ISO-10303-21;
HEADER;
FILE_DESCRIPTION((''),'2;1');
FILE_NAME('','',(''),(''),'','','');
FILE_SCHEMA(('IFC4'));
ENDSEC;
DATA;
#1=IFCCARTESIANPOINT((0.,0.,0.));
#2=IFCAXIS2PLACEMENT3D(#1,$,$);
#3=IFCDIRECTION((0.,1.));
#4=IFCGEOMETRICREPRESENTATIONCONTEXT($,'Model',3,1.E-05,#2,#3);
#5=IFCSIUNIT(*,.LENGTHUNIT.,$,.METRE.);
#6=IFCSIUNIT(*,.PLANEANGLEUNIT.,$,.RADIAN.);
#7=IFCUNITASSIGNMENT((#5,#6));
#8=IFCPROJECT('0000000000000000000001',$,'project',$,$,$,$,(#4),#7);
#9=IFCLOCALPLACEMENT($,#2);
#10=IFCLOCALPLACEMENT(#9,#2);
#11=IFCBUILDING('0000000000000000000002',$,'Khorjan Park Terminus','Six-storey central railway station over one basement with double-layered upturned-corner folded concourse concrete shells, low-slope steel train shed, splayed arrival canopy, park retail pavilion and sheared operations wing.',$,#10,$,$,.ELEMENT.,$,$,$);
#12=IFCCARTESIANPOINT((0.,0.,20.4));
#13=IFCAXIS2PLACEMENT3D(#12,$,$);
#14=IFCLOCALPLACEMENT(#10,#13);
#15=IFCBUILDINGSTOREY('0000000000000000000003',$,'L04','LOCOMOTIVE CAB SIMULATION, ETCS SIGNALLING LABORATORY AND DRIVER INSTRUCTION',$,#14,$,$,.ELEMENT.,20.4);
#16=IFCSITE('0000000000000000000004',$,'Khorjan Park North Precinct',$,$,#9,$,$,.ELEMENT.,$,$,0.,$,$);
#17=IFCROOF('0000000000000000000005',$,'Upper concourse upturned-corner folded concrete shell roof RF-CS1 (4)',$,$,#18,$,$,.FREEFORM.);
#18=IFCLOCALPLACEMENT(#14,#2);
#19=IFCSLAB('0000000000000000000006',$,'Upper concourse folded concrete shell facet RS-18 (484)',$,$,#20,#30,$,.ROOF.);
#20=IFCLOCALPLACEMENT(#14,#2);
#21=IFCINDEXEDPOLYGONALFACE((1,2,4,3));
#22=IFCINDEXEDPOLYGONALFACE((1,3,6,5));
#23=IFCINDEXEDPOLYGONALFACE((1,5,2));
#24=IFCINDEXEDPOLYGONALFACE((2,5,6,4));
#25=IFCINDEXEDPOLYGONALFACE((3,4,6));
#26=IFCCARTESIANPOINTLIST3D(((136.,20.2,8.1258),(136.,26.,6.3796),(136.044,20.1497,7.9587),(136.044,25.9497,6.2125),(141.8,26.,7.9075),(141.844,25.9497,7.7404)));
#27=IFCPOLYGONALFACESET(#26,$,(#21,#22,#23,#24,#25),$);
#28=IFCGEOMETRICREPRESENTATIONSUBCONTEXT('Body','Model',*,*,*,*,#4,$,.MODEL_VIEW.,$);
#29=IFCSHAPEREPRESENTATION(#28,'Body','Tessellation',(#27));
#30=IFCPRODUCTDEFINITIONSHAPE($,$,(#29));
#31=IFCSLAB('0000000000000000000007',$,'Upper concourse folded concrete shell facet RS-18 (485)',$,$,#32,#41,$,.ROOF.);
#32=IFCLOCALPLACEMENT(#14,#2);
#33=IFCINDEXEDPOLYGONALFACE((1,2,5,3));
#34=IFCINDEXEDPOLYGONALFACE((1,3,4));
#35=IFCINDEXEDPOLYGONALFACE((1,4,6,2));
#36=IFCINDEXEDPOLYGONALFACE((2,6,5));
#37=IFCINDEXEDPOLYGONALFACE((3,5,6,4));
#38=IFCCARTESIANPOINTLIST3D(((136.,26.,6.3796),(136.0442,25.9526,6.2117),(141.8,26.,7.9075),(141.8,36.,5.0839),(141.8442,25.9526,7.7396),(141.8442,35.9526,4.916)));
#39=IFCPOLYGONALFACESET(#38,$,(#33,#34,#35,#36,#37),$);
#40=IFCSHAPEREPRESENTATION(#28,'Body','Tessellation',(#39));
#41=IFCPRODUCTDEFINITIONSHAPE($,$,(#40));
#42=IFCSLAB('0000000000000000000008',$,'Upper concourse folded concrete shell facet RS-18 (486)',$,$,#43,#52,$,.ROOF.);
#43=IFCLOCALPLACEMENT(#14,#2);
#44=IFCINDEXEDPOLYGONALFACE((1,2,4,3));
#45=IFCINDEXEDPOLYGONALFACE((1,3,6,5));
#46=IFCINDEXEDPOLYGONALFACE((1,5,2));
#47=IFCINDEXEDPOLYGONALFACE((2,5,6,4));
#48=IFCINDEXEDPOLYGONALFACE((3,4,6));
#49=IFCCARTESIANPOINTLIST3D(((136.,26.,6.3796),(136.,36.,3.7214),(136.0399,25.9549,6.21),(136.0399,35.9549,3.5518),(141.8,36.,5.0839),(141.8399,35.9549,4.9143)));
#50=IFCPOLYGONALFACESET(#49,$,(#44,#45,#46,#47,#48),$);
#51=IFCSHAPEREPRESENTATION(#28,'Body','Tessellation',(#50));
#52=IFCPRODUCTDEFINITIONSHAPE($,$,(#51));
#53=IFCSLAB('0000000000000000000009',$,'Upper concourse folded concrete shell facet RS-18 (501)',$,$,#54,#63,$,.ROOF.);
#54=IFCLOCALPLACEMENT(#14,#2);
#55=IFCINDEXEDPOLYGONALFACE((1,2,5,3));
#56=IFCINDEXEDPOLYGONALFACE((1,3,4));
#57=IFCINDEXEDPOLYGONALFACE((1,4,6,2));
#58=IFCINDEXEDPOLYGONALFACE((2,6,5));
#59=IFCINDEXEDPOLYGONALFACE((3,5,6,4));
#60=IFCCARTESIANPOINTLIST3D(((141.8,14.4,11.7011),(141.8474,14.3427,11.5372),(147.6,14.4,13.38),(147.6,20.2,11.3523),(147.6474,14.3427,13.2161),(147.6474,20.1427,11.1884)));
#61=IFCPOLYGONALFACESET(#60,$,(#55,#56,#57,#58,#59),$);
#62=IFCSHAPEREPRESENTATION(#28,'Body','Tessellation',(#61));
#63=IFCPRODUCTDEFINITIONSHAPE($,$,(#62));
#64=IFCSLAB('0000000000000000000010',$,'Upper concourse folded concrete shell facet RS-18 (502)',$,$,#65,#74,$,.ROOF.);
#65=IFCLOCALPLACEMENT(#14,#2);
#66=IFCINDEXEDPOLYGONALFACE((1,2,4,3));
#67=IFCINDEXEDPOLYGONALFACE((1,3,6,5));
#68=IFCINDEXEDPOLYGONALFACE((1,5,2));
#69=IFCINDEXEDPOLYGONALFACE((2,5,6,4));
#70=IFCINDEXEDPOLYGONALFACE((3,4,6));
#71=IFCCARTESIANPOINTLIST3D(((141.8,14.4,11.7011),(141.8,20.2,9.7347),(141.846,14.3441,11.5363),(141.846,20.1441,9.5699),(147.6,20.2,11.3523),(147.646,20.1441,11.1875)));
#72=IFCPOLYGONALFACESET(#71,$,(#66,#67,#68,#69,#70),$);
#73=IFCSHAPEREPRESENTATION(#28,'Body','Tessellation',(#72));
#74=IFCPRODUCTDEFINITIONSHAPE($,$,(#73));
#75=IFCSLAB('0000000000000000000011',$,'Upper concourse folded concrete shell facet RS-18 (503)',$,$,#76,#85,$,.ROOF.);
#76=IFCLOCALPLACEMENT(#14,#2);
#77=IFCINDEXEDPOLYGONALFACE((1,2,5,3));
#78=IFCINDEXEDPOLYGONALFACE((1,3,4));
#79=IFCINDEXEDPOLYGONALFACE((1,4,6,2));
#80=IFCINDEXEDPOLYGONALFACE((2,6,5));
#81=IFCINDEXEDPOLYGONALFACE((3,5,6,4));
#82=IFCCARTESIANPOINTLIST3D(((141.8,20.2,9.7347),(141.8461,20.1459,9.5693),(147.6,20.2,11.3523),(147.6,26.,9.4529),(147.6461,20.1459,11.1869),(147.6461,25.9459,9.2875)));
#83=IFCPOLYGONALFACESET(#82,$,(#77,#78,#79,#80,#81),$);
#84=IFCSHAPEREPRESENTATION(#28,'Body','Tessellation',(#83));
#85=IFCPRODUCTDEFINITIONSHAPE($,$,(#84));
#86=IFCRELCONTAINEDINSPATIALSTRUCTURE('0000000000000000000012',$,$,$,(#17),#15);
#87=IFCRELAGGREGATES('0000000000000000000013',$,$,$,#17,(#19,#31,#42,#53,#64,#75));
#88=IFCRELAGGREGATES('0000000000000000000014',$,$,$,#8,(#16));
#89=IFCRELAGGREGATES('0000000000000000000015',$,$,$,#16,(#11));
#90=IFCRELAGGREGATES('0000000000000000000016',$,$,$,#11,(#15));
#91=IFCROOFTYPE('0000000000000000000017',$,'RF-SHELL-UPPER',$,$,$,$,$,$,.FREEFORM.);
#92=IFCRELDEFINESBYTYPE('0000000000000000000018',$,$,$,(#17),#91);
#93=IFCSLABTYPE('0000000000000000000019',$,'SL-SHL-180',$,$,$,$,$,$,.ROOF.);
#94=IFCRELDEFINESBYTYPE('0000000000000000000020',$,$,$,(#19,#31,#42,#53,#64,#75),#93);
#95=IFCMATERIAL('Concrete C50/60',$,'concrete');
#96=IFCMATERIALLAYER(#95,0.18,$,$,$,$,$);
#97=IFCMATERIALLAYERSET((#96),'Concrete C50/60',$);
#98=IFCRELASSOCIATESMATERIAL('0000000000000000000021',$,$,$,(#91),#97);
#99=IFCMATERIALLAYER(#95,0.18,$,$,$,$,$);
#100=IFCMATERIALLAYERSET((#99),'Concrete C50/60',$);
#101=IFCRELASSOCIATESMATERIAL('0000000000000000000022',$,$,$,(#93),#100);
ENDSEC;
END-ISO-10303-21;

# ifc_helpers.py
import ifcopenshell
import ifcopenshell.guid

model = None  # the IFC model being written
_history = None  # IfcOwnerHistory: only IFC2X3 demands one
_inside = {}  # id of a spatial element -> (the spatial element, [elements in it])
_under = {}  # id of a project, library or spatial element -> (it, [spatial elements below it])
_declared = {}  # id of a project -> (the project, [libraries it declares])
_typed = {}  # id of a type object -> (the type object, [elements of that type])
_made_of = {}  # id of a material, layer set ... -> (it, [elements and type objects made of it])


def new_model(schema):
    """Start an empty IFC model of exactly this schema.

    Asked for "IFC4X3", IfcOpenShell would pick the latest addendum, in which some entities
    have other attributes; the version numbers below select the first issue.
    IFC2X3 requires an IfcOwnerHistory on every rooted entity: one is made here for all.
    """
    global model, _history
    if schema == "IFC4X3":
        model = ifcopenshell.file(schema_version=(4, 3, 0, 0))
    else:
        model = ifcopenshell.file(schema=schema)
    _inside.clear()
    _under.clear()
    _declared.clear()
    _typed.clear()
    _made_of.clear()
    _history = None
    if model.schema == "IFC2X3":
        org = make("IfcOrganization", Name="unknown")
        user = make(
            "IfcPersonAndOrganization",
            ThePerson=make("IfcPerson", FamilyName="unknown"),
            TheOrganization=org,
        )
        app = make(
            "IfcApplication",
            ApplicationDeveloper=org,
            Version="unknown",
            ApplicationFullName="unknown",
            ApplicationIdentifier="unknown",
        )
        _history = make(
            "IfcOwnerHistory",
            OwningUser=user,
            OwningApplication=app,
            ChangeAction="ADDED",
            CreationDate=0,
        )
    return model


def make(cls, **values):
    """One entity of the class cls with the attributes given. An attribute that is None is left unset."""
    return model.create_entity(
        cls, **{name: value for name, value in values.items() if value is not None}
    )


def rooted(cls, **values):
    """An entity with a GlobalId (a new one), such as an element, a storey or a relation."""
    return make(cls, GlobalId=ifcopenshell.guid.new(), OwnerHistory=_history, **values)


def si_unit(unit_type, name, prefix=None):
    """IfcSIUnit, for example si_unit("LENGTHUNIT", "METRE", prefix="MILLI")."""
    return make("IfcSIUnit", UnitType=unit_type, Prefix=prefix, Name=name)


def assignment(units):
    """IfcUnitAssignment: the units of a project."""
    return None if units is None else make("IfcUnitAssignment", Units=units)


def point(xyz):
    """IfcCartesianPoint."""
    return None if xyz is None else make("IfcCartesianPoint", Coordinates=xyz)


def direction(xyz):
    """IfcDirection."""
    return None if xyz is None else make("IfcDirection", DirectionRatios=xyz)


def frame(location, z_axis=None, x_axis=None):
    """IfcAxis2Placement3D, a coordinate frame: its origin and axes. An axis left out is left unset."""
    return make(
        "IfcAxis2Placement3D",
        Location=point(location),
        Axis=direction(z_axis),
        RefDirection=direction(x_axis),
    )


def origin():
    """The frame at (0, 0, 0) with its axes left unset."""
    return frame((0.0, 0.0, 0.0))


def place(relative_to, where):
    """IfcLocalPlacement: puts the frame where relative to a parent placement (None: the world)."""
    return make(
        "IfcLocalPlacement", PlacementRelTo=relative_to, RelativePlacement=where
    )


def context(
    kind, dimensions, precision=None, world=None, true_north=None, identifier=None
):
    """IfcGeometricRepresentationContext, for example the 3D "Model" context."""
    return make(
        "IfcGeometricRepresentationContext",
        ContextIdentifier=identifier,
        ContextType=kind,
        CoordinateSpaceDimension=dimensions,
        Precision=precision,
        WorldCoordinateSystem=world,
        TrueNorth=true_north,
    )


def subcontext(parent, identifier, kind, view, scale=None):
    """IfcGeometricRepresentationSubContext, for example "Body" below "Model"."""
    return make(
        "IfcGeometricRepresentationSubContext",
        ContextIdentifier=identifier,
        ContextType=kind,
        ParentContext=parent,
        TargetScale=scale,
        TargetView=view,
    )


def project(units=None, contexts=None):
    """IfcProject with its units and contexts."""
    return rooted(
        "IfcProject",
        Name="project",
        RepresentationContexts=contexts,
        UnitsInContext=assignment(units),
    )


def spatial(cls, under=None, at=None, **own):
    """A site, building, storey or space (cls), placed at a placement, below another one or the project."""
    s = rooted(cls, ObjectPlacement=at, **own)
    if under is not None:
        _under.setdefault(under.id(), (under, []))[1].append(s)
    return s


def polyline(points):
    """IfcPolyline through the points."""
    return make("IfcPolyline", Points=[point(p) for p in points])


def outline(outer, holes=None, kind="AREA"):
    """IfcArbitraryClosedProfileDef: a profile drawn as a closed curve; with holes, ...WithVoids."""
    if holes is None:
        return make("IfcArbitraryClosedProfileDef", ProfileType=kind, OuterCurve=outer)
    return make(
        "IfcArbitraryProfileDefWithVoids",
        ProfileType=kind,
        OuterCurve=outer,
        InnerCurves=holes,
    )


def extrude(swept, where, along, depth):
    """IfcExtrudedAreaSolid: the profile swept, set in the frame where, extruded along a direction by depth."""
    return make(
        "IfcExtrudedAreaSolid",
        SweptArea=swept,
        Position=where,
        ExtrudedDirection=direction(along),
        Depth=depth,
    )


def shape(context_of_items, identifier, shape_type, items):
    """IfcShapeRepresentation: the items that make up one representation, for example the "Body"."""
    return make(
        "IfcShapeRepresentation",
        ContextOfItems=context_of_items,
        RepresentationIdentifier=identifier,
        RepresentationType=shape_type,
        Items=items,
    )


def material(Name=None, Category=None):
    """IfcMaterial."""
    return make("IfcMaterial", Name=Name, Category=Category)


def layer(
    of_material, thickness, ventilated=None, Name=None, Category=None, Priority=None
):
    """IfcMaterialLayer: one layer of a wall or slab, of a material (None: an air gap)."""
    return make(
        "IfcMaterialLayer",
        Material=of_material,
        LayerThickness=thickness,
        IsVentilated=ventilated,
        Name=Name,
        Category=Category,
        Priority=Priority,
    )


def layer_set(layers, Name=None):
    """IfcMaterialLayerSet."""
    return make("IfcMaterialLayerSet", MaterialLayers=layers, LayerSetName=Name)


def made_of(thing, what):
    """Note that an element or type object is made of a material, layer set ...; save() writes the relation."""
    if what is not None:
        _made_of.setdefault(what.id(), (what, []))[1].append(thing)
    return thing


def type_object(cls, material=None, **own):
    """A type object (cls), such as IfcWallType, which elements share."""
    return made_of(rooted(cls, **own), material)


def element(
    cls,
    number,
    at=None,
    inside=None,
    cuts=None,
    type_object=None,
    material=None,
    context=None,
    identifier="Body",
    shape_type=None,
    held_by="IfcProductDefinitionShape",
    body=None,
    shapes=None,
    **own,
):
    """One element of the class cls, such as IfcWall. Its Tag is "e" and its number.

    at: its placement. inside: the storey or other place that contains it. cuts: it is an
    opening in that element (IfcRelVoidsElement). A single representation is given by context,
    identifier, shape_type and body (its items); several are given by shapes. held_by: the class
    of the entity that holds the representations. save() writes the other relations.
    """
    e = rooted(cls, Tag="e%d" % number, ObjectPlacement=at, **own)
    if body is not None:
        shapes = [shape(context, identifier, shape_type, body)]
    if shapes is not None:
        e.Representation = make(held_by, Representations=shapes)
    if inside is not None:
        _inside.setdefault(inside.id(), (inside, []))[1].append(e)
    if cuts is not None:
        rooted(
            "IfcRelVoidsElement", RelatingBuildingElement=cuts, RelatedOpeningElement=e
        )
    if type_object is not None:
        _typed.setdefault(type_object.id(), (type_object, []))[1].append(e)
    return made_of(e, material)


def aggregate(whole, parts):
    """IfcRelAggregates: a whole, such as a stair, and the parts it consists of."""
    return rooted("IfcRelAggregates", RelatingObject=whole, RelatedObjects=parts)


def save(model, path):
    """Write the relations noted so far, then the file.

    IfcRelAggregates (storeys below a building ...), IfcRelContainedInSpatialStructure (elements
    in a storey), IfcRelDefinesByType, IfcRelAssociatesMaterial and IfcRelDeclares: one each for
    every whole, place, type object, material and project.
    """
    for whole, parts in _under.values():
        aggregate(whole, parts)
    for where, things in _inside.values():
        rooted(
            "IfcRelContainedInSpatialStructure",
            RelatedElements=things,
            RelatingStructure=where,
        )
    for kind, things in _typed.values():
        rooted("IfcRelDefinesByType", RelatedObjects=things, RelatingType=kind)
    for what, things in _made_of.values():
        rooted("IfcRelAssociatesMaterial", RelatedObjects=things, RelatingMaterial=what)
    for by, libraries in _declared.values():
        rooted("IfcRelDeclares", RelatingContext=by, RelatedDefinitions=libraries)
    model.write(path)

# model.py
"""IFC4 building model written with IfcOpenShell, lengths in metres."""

from ifc_helpers import new_model, si_unit, direction, frame, origin, place, context, subcontext, project, spatial, polyline, outline, extrude, material, layer, layer_set, type_object, element, aggregate, save


model = new_model("IFC4")

# Units and contexts
model_context = context("Model", 3, precision=1e-05, world=origin(), true_north=direction((0.0, 1.0)))
body_context = subcontext(model_context, "Body", "Model", "MODEL_VIEW")
ifc_project = project(units=[si_unit("LENGTHUNIT", "METRE"), si_unit("PLANEANGLEUNIT", "RADIAN")], contexts=[model_context])

# Site, building, storey
site_placement = place(None, origin())
site = spatial("IfcSite", under=ifc_project, at=site_placement, Name="Khorjan Park North Precinct", CompositionType="ELEMENT", RefElevation=0.0)
building_placement = place(site_placement, origin())
building = spatial("IfcBuilding", under=site, at=building_placement, Name="Khorjan Park Terminus", Description="Six-storey central railway station over one basement with double-layered upturned-corner folded concourse concrete shells, low-slope steel train shed, splayed arrival canopy, park retail pavilion and sheared operations wing.", CompositionType="ELEMENT")
storey_placement = place(building_placement, frame((0.0, 0.0, 20.4)))
storey = spatial("IfcBuildingStorey", under=building, at=storey_placement, Name="L04", Description="LOCOMOTIVE CAB SIMULATION, ETCS SIGNALLING LABORATORY AND DRIVER INSTRUCTION", CompositionType="ELEMENT", Elevation=20.4)

# Roof, slabs
ifc_material = material(Name="Concrete C50/60", Category="concrete")
ifc_layer_1 = layer(ifc_material, 0.18)
ifc_layer_set_1 = layer_set([ifc_layer_1], Name="Concrete C50/60")
roof_type = type_object("IfcRoofType", Name="RF-SHELL-UPPER", PredefinedType="FREEFORM", material=ifc_layer_set_1)
ifc_layer_2 = layer(ifc_material, 0.18)
ifc_layer_set_2 = layer_set([ifc_layer_2], Name="Concrete C50/60")
slab_type = type_object("IfcSlabType", Name="SL-SHL-180", PredefinedType="ROOF", material=ifc_layer_set_2)
roof_1_placement = place(storey_placement, origin())
roof_1 = element("IfcRoof", 1, at=roof_1_placement, inside=storey, type_object=roof_type, Name="Upper concourse upturned-corner folded concrete shell roof RF-CS1 (4)", PredefinedType="FREEFORM")
slab_1_placement = place(storey_placement, frame((136.0, 20.2, 8.1258), z_axis=(-0.244586, 0.279531, 0.928461), x_axis=(0.706856, 0.706856, -0.026605)))
slab_1 = element("IfcSlab", 2, at=slab_1_placement, type_object=slab_type, Name="Upper concourse folded concrete shell facet RS-18 (484)", PredefinedType="ROOF", context=body_context, shape_type="SweptSolid", body=[
    extrude(outline(polyline([(0.0, 0.0), (8.2053, 0.0), (4.1462, 4.4157), (0.0, 0.0)])), origin(), (0.0, 0.0, -1.0), 0.18),
])
slab_2_placement = place(storey_placement, frame((136.0, 26.0, 6.3796), z_axis=(-0.245744, 0.263403, 0.932861), x_axis=(0.967009, 0.0, 0.25474)))
slab_2 = element("IfcSlab", 3, at=slab_2_placement, type_object=slab_type, Name="Upper concourse folded concrete shell facet RS-18 (485)", PredefinedType="ROOF", context=body_context, shape_type="SweptSolid", body=[
    extrude(outline(polyline([(0.0, 0.0), (5.9979, 0.0), (5.2786, 10.3661), (0.0, 0.0)])), origin(), (0.0, 0.0, -1.0), 0.18),
])
slab_3_placement = place(storey_placement, frame((136.0, 26.0, 6.3796), z_axis=(-0.221396, 0.250523, 0.942455), x_axis=(0.498596, 0.859648, -0.111385)))
slab_3 = element("IfcSlab", 4, at=slab_3_placement, type_object=slab_type, Name="Upper concourse folded concrete shell facet RS-18 (486)", PredefinedType="ROOF", context=body_context, shape_type="SweptSolid", body=[
    extrude(outline(polyline([(0.0, 0.0), (11.6327, 0.0), (8.8926, 5.2904), (0.0, 0.0)])), origin(), (0.0, 0.0, -1.0), 0.18),
])
slab_4_placement = place(storey_placement, frame((141.8, 14.4, 11.7011), z_axis=(-0.263585, 0.318346, 0.910592), x_axis=(0.960566, 0.0, 0.278051)))
slab_4 = element("IfcSlab", 5, at=slab_4_placement, type_object=slab_type, Name="Upper concourse folded concrete shell facet RS-18 (501)", PredefinedType="ROOF", context=body_context, shape_type="SweptSolid", body=[
    extrude(outline(polyline([(0.0, 0.0), (6.0381, 0.0), (5.4743, 6.1183), (0.0, 0.0)])), origin(), (0.0, 0.0, -1.0), 0.18),
])
slab_5_placement = place(storey_placement, frame((141.8, 14.4, 11.7011), z_axis=(-0.255372, 0.310437, 0.91565), x_axis=(0.706468, 0.706468, -0.042486)))
slab_5 = element("IfcSlab", 6, at=slab_5_placement, type_object=slab_type, Name="Upper concourse folded concrete shell facet RS-18 (502)", PredefinedType="ROOF", context=body_context, shape_type="SweptSolid", body=[
    extrude(outline(polyline([(0.0, 0.0), (8.2099, 0.0), (4.1811, 4.475), (0.0, 0.0)])), origin(), (0.0, 0.0, -1.0), 0.18),
])
slab_6_placement = place(storey_placement, frame((141.8, 20.2, 9.7347), z_axis=(-0.2562, 0.300832, 0.918619), x_axis=(0.963239, 0.0, 0.268644)))
slab_6 = element("IfcSlab", 7, at=slab_6_placement, type_object=slab_type, Name="Upper concourse folded concrete shell facet RS-18 (503)", PredefinedType="ROOF", context=body_context, shape_type="SweptSolid", body=[
    extrude(outline(polyline([(0.0, 0.0), (6.0213, 0.0), (5.5111, 6.0817), (0.0, 0.0)])), origin(), (0.0, 0.0, -1.0), 0.18),
])
aggregate(roof_1, [slab_1, slab_2, slab_3, slab_4, slab_5, slab_6])

save(model, "model.ifc")
